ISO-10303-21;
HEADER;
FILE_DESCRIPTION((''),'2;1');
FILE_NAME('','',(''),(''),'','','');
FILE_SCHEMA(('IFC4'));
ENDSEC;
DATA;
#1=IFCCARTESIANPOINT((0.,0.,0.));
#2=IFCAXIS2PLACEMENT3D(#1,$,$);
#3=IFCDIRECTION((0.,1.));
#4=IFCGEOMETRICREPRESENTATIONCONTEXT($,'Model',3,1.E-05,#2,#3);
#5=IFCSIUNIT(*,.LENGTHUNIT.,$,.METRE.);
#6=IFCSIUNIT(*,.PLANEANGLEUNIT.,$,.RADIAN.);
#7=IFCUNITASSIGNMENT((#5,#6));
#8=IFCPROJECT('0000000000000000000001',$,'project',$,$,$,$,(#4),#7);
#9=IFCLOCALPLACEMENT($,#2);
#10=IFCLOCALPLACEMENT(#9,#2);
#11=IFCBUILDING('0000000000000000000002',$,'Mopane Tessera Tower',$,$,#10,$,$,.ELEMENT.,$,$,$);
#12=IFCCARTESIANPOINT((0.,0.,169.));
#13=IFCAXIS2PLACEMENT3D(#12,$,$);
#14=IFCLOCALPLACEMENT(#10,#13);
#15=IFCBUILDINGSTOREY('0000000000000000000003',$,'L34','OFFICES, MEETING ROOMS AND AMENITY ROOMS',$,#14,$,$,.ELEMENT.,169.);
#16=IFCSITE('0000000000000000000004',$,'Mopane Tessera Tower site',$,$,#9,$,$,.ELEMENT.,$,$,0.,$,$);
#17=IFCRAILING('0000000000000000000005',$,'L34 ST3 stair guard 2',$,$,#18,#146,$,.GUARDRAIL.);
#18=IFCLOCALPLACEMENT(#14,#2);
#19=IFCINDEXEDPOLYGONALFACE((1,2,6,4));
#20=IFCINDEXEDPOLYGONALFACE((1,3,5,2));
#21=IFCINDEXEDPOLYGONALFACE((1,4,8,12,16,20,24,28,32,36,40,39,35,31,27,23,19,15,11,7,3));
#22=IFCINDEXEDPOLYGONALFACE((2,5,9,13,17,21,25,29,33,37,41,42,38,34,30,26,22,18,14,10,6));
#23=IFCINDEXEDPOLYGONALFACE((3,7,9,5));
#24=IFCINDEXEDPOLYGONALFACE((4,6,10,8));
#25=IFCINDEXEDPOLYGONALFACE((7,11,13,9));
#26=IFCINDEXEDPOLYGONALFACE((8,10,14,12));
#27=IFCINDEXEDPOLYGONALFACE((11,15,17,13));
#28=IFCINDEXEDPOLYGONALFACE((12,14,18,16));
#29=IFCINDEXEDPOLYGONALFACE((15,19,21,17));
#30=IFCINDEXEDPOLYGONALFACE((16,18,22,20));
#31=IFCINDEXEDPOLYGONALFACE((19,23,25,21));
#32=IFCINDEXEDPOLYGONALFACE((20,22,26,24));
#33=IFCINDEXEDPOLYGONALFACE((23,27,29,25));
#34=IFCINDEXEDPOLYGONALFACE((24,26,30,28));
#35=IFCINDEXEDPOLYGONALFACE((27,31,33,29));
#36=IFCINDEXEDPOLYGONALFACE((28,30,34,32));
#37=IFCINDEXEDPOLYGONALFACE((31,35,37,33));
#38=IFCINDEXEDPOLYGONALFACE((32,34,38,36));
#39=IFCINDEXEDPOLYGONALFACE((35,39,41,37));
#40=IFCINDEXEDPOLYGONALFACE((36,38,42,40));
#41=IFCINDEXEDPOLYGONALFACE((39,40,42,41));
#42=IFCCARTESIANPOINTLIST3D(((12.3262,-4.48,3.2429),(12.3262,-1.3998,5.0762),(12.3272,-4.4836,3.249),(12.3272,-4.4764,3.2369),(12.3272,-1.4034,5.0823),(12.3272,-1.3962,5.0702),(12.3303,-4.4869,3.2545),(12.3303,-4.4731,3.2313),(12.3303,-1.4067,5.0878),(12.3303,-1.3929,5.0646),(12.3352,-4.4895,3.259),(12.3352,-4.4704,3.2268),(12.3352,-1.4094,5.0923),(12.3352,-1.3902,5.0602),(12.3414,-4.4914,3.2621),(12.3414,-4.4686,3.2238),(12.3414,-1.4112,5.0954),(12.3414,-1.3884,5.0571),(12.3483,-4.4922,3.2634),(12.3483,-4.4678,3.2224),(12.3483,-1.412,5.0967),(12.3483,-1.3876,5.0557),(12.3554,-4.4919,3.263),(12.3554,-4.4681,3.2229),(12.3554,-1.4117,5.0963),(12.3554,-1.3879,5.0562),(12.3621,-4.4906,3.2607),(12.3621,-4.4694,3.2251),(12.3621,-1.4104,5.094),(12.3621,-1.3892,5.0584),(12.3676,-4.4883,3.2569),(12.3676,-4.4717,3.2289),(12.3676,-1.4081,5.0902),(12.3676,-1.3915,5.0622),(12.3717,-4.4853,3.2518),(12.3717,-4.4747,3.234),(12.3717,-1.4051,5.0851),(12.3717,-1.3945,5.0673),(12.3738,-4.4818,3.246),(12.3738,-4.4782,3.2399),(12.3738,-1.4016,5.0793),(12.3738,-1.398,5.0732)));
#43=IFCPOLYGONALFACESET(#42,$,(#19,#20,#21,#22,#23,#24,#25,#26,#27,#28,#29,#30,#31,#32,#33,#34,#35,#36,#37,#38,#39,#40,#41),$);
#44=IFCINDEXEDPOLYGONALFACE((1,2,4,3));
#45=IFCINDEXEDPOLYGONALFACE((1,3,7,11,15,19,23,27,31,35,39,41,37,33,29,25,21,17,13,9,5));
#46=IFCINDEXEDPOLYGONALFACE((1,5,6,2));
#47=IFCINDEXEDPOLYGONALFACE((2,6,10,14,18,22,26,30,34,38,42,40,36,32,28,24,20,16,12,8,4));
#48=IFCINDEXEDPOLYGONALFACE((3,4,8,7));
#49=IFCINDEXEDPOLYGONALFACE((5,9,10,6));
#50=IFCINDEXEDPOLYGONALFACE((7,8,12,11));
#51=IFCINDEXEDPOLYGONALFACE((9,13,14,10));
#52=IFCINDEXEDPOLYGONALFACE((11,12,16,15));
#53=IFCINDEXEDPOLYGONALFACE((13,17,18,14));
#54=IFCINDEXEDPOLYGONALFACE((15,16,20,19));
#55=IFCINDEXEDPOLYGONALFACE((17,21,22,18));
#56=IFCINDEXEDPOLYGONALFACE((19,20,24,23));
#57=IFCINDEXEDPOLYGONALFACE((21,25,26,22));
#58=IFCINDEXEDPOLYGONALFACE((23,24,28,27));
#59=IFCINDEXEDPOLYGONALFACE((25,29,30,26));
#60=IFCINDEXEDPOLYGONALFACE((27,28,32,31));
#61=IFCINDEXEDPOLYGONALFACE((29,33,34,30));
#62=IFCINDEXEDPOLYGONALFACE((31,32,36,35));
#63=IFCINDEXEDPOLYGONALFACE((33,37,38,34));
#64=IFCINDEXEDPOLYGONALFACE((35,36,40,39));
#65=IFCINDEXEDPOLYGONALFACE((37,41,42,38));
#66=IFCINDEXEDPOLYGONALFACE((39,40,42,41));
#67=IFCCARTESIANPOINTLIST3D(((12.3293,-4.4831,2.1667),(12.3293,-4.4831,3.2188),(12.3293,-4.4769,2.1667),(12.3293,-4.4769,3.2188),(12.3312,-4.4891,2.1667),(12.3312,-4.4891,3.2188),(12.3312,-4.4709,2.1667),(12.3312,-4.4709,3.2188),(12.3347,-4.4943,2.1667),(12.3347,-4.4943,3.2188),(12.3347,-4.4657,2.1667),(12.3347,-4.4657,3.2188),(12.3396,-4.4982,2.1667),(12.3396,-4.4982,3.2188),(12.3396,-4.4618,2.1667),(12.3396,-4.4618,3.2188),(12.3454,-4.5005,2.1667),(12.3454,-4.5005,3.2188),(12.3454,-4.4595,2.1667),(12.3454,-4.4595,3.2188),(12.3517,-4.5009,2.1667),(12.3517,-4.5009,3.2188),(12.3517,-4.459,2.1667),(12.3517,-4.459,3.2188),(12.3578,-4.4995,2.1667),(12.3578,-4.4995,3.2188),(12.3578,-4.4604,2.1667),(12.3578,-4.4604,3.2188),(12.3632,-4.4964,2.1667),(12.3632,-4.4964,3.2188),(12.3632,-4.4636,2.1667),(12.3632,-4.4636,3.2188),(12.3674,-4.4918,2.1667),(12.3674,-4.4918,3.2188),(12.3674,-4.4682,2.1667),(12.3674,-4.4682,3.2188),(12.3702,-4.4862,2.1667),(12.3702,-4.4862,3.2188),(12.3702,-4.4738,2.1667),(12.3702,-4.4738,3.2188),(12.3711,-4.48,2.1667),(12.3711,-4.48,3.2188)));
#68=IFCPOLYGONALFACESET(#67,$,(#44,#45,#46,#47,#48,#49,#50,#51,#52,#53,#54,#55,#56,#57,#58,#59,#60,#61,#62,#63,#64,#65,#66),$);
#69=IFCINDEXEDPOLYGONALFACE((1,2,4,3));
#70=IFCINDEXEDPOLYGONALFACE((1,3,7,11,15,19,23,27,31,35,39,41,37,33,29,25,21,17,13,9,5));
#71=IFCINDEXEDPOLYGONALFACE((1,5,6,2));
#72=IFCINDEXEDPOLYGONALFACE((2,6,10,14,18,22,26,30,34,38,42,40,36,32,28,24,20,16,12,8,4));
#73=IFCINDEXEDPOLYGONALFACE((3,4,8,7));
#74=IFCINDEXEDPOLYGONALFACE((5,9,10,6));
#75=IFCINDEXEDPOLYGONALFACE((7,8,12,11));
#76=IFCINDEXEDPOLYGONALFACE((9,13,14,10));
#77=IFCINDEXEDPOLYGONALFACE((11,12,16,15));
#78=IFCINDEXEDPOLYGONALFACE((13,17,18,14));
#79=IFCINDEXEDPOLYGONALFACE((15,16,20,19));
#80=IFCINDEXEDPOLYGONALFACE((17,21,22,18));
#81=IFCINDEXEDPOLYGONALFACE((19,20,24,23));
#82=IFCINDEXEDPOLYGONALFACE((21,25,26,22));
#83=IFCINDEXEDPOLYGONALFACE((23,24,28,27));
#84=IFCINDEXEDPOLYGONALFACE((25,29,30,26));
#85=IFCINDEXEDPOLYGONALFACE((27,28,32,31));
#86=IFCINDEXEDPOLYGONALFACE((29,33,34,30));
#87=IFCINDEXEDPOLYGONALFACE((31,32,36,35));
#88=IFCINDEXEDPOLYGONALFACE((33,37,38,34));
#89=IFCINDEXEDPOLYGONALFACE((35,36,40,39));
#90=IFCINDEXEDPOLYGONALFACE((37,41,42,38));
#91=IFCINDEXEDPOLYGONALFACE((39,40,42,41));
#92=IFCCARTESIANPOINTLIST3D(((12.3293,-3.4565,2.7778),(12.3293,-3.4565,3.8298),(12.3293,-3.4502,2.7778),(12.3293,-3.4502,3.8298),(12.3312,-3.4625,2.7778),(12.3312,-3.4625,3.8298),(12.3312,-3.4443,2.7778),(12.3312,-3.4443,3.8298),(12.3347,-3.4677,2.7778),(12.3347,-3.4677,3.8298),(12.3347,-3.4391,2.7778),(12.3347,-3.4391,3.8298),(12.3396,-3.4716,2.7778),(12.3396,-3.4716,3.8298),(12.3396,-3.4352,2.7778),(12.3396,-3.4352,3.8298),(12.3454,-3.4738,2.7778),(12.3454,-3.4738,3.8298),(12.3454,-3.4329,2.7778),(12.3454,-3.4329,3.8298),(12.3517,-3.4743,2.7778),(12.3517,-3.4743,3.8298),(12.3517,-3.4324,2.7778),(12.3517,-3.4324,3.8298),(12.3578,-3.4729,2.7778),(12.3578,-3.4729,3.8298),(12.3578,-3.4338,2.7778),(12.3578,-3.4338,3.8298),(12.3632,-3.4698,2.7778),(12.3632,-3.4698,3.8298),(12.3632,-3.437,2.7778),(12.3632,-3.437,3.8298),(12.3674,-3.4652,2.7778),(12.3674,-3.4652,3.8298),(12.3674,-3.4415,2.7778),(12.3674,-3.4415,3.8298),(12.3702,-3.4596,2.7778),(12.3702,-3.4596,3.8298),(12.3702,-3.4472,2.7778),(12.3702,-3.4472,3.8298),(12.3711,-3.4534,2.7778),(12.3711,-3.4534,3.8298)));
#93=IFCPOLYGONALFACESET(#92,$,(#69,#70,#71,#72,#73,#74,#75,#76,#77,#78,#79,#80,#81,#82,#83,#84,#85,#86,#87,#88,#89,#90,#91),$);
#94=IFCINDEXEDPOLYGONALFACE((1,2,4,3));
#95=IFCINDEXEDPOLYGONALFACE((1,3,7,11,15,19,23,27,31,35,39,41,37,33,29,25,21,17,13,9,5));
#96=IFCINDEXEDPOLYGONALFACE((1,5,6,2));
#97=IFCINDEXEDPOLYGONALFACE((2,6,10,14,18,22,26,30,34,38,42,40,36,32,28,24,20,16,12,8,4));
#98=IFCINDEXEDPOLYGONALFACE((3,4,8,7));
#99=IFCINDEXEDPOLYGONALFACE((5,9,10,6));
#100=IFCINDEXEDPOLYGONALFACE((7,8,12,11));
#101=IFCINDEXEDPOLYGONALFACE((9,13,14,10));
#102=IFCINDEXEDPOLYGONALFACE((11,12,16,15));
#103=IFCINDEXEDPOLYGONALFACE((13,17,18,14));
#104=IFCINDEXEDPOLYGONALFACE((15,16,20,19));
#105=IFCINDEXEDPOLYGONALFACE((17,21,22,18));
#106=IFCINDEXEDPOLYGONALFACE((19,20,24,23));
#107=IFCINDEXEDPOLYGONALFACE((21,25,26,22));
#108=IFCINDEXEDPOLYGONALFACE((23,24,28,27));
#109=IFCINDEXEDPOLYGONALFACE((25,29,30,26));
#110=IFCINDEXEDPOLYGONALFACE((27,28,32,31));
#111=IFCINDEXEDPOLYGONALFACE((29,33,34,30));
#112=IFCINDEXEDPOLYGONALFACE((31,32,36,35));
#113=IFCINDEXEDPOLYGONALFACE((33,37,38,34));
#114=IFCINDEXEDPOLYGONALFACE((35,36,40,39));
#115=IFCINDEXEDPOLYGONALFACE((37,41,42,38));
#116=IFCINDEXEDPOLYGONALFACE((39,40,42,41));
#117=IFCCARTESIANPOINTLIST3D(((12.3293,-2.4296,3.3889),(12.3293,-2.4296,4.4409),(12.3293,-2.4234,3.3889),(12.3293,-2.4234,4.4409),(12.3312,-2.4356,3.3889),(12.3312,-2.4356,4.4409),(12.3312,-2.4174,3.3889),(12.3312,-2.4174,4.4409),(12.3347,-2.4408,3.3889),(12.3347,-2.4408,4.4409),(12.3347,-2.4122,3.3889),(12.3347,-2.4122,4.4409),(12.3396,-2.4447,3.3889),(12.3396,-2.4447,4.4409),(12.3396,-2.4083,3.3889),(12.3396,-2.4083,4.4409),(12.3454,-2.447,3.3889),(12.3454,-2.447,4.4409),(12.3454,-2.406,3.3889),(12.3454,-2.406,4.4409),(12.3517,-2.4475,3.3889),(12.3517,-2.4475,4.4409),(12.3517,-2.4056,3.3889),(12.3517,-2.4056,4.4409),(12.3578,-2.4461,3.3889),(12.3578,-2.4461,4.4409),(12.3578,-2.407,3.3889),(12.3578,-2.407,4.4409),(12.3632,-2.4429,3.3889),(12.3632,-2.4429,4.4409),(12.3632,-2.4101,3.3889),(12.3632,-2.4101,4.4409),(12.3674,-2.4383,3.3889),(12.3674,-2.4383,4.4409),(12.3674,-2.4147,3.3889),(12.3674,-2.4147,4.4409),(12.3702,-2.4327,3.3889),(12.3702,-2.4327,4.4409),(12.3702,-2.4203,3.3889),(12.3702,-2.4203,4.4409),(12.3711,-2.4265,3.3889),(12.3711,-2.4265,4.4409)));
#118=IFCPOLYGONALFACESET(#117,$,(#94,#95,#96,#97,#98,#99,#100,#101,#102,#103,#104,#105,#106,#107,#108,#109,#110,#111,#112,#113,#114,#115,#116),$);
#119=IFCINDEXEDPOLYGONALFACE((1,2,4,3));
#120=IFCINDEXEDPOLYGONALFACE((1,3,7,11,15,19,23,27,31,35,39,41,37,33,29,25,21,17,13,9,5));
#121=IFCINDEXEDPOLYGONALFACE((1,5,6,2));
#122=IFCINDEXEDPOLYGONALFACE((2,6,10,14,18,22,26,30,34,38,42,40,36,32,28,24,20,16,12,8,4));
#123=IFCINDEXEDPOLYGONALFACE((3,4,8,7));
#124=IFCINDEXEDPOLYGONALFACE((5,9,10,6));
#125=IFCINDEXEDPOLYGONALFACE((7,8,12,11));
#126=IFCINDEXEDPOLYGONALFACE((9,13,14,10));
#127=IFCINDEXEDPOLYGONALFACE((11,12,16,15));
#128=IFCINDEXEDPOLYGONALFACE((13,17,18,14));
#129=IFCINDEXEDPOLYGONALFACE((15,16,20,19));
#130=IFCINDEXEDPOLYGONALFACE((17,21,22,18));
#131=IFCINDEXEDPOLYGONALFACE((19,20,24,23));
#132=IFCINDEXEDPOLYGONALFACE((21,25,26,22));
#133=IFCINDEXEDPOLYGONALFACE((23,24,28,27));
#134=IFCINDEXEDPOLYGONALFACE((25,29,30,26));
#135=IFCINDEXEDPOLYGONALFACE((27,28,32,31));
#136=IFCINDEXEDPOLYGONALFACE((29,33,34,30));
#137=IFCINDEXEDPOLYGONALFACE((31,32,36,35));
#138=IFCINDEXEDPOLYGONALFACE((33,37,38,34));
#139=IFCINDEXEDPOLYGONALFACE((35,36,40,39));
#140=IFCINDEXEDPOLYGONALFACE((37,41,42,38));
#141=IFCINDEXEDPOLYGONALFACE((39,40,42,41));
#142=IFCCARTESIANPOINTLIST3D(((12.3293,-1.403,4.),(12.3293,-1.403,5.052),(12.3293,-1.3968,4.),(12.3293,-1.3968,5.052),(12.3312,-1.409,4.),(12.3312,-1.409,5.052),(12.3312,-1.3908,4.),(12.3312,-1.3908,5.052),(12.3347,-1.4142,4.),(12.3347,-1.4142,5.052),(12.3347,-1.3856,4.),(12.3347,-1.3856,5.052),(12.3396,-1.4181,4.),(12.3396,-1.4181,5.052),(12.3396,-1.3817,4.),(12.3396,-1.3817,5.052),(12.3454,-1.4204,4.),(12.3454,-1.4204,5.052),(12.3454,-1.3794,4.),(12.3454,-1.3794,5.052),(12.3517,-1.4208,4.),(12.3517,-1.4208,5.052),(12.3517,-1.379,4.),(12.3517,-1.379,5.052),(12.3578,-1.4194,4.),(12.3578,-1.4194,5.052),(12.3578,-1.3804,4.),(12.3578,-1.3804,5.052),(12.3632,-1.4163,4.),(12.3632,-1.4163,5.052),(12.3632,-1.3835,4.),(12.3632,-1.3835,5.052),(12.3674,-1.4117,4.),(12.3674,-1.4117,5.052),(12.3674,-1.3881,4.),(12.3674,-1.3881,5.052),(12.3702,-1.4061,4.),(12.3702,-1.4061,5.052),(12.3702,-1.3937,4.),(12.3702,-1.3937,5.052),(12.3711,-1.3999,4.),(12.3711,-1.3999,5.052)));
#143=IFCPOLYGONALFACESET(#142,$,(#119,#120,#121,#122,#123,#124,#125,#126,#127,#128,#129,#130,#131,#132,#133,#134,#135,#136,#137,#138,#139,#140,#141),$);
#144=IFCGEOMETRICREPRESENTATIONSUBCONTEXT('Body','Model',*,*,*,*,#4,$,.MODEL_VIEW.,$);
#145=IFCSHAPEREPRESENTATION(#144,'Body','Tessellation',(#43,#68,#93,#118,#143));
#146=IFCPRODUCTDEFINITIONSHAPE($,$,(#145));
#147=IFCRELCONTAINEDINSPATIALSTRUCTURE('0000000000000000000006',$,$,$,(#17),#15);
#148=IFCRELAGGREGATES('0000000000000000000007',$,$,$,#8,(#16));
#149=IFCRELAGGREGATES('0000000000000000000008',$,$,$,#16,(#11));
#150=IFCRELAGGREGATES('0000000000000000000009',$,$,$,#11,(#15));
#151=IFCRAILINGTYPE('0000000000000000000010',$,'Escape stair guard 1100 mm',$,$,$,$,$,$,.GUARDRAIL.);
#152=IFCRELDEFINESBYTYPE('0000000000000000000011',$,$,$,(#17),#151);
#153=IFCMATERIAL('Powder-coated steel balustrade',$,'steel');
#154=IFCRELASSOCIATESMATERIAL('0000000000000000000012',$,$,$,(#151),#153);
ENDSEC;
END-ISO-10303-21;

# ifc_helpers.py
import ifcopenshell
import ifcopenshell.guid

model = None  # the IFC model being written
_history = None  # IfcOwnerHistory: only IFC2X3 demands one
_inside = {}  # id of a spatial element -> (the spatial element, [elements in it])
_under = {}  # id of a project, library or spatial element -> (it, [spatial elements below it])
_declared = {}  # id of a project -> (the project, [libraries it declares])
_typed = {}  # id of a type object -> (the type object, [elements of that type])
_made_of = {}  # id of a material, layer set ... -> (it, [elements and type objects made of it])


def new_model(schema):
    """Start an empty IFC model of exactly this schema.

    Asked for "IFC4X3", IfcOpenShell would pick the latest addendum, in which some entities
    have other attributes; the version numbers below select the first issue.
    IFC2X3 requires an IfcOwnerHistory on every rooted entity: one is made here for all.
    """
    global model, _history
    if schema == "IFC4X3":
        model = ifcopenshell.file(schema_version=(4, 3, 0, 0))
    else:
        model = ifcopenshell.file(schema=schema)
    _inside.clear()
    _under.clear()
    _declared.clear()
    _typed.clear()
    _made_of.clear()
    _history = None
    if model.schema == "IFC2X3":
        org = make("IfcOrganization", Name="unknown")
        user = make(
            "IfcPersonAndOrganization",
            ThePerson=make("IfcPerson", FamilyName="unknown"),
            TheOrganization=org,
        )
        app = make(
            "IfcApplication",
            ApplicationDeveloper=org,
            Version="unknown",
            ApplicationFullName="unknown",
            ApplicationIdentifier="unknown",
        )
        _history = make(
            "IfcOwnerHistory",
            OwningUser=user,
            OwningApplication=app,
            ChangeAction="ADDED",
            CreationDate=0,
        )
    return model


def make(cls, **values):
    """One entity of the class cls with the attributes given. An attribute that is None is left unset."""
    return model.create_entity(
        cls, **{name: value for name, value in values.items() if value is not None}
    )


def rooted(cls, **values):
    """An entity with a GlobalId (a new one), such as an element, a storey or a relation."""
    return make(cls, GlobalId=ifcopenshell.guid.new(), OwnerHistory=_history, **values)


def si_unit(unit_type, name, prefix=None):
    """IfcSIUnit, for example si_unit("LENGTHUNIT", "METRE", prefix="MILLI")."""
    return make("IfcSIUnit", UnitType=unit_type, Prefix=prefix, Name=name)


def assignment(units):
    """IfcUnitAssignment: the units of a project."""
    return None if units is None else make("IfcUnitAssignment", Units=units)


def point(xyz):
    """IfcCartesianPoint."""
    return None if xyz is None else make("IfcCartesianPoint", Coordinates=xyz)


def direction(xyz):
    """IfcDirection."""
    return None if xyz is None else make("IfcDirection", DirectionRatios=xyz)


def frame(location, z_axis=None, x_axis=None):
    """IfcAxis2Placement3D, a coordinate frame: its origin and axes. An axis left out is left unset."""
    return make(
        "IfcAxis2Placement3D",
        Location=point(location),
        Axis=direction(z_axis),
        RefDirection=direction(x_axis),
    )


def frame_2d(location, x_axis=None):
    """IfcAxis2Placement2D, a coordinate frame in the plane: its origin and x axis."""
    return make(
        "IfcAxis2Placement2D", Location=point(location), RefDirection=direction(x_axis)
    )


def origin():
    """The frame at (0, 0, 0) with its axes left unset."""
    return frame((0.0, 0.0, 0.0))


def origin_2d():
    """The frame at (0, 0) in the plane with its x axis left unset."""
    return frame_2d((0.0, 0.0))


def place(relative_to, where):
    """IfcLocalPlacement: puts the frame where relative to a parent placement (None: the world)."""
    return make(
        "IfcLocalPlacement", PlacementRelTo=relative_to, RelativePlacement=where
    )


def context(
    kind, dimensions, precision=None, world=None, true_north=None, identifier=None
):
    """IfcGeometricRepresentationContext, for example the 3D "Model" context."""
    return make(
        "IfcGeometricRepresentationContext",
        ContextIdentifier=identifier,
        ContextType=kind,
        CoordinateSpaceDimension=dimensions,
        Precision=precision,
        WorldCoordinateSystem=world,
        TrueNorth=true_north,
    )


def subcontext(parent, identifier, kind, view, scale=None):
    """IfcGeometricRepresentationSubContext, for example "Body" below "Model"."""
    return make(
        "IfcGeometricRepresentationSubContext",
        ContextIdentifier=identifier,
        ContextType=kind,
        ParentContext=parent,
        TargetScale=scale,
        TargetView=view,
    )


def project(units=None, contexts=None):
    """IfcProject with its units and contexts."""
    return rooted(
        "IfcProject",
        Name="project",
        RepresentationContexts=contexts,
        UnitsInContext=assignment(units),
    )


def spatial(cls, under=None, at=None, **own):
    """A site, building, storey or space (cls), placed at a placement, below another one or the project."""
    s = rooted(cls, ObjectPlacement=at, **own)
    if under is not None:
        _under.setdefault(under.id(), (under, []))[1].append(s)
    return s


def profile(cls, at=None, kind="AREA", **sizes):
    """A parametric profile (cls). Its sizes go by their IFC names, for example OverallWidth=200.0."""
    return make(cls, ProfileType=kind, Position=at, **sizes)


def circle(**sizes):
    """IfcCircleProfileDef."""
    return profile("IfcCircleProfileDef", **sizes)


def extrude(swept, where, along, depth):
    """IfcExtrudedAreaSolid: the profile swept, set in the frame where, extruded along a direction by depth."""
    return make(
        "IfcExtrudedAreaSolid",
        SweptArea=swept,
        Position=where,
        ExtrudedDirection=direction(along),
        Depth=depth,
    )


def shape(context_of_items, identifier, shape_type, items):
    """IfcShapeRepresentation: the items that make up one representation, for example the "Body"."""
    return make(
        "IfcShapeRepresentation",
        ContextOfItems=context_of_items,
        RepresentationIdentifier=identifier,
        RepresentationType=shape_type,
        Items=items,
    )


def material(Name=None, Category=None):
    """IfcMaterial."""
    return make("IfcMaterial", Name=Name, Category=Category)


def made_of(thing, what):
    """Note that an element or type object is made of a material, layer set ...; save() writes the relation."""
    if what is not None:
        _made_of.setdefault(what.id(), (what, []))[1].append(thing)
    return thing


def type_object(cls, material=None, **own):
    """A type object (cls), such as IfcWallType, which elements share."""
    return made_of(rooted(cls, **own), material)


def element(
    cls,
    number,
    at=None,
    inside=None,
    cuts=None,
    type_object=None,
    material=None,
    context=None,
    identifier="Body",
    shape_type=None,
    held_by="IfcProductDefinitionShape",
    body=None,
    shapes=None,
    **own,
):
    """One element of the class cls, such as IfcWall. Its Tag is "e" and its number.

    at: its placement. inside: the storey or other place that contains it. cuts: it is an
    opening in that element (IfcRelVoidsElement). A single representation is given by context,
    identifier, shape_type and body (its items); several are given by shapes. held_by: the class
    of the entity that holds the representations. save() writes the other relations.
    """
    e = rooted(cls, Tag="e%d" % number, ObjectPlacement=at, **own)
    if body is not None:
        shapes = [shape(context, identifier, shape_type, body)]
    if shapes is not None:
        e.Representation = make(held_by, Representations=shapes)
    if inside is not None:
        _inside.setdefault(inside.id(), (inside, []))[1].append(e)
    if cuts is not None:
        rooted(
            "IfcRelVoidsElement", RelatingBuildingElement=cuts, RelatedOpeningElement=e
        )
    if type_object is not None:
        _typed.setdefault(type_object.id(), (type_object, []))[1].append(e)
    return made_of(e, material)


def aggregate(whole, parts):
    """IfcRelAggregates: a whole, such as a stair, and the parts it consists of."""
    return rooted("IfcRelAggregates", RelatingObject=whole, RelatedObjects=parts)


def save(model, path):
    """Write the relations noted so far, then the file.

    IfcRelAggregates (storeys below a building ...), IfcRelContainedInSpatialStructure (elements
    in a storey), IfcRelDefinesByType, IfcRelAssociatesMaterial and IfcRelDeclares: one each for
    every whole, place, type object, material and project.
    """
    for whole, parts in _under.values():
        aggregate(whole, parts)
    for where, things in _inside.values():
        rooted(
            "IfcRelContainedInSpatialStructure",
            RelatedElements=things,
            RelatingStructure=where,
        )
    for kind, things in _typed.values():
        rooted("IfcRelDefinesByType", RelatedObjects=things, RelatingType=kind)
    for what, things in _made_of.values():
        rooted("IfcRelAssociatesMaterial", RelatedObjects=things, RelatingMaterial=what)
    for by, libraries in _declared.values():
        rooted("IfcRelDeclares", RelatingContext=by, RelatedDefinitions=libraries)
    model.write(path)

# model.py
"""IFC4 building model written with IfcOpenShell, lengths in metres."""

from ifc_helpers import new_model, si_unit, direction, frame, origin, origin_2d, place, context, subcontext, project, spatial, circle, extrude, material, type_object, element, save


model = new_model("IFC4")

# Units and contexts
model_context = context("Model", 3, precision=1e-05, world=origin(), true_north=direction((0.0, 1.0)))
body_context = subcontext(model_context, "Body", "Model", "MODEL_VIEW")
ifc_project = project(units=[si_unit("LENGTHUNIT", "METRE"), si_unit("PLANEANGLEUNIT", "RADIAN")], contexts=[model_context])

# Site, building, storey
site_placement = place(None, origin())
site = spatial("IfcSite", under=ifc_project, at=site_placement, Name="Mopane Tessera Tower site", CompositionType="ELEMENT", RefElevation=0.0)
building_placement = place(site_placement, origin())
building = spatial("IfcBuilding", under=site, at=building_placement, Name="Mopane Tessera Tower", CompositionType="ELEMENT")
storey_placement = place(building_placement, frame((0.0, 0.0, 169.0)))
storey = spatial("IfcBuildingStorey", under=building, at=storey_placement, Name="L34", Description="OFFICES, MEETING ROOMS AND AMENITY ROOMS", CompositionType="ELEMENT", Elevation=169.0)

# Railing
ifc_material_1 = material(Name="Powder-coated steel balustrade", Category="steel")
railing_type_1 = type_object("IfcRailingType", Name="Escape stair guard 1100 mm", PredefinedType="GUARDRAIL", material=ifc_material_1)
railing_1_placement = place(storey_placement, frame((12.3501, -4.48, 2.1667)))
element("IfcRailing", 1, at=railing_1_placement, inside=storey, type_object=railing_type_1, Name="L34 ST3 stair guard 2", PredefinedType="GUARDRAIL", context=body_context, shape_type="SweptSolid", body=[
    extrude(circle(Radius=0.0239, at=origin_2d()), frame((0.0, 0.0, 1.0762), z_axis=(0.0, 0.859309, 0.511458), x_axis=(-1.0, 0.0, 0.0)), (0.0, 0.0, 1.0), 3.5845),
    extrude(circle(Radius=0.021, at=origin_2d()), origin(), (0.0, 0.0, 1.0), 1.052),
    extrude(circle(Radius=0.021, at=origin_2d()), frame((0.0, 1.0266, 0.6111)), (0.0, 0.0, 1.0), 1.052),
    extrude(circle(Radius=0.021, at=origin_2d()), frame((0.0, 2.0535, 1.2222)), (0.0, 0.0, 1.0), 1.052),
    extrude(circle(Radius=0.021, at=origin_2d()), frame((0.0, 3.0801, 1.8333)), (0.0, 0.0, 1.0), 1.052),
])

save(model, "model.ifc")
